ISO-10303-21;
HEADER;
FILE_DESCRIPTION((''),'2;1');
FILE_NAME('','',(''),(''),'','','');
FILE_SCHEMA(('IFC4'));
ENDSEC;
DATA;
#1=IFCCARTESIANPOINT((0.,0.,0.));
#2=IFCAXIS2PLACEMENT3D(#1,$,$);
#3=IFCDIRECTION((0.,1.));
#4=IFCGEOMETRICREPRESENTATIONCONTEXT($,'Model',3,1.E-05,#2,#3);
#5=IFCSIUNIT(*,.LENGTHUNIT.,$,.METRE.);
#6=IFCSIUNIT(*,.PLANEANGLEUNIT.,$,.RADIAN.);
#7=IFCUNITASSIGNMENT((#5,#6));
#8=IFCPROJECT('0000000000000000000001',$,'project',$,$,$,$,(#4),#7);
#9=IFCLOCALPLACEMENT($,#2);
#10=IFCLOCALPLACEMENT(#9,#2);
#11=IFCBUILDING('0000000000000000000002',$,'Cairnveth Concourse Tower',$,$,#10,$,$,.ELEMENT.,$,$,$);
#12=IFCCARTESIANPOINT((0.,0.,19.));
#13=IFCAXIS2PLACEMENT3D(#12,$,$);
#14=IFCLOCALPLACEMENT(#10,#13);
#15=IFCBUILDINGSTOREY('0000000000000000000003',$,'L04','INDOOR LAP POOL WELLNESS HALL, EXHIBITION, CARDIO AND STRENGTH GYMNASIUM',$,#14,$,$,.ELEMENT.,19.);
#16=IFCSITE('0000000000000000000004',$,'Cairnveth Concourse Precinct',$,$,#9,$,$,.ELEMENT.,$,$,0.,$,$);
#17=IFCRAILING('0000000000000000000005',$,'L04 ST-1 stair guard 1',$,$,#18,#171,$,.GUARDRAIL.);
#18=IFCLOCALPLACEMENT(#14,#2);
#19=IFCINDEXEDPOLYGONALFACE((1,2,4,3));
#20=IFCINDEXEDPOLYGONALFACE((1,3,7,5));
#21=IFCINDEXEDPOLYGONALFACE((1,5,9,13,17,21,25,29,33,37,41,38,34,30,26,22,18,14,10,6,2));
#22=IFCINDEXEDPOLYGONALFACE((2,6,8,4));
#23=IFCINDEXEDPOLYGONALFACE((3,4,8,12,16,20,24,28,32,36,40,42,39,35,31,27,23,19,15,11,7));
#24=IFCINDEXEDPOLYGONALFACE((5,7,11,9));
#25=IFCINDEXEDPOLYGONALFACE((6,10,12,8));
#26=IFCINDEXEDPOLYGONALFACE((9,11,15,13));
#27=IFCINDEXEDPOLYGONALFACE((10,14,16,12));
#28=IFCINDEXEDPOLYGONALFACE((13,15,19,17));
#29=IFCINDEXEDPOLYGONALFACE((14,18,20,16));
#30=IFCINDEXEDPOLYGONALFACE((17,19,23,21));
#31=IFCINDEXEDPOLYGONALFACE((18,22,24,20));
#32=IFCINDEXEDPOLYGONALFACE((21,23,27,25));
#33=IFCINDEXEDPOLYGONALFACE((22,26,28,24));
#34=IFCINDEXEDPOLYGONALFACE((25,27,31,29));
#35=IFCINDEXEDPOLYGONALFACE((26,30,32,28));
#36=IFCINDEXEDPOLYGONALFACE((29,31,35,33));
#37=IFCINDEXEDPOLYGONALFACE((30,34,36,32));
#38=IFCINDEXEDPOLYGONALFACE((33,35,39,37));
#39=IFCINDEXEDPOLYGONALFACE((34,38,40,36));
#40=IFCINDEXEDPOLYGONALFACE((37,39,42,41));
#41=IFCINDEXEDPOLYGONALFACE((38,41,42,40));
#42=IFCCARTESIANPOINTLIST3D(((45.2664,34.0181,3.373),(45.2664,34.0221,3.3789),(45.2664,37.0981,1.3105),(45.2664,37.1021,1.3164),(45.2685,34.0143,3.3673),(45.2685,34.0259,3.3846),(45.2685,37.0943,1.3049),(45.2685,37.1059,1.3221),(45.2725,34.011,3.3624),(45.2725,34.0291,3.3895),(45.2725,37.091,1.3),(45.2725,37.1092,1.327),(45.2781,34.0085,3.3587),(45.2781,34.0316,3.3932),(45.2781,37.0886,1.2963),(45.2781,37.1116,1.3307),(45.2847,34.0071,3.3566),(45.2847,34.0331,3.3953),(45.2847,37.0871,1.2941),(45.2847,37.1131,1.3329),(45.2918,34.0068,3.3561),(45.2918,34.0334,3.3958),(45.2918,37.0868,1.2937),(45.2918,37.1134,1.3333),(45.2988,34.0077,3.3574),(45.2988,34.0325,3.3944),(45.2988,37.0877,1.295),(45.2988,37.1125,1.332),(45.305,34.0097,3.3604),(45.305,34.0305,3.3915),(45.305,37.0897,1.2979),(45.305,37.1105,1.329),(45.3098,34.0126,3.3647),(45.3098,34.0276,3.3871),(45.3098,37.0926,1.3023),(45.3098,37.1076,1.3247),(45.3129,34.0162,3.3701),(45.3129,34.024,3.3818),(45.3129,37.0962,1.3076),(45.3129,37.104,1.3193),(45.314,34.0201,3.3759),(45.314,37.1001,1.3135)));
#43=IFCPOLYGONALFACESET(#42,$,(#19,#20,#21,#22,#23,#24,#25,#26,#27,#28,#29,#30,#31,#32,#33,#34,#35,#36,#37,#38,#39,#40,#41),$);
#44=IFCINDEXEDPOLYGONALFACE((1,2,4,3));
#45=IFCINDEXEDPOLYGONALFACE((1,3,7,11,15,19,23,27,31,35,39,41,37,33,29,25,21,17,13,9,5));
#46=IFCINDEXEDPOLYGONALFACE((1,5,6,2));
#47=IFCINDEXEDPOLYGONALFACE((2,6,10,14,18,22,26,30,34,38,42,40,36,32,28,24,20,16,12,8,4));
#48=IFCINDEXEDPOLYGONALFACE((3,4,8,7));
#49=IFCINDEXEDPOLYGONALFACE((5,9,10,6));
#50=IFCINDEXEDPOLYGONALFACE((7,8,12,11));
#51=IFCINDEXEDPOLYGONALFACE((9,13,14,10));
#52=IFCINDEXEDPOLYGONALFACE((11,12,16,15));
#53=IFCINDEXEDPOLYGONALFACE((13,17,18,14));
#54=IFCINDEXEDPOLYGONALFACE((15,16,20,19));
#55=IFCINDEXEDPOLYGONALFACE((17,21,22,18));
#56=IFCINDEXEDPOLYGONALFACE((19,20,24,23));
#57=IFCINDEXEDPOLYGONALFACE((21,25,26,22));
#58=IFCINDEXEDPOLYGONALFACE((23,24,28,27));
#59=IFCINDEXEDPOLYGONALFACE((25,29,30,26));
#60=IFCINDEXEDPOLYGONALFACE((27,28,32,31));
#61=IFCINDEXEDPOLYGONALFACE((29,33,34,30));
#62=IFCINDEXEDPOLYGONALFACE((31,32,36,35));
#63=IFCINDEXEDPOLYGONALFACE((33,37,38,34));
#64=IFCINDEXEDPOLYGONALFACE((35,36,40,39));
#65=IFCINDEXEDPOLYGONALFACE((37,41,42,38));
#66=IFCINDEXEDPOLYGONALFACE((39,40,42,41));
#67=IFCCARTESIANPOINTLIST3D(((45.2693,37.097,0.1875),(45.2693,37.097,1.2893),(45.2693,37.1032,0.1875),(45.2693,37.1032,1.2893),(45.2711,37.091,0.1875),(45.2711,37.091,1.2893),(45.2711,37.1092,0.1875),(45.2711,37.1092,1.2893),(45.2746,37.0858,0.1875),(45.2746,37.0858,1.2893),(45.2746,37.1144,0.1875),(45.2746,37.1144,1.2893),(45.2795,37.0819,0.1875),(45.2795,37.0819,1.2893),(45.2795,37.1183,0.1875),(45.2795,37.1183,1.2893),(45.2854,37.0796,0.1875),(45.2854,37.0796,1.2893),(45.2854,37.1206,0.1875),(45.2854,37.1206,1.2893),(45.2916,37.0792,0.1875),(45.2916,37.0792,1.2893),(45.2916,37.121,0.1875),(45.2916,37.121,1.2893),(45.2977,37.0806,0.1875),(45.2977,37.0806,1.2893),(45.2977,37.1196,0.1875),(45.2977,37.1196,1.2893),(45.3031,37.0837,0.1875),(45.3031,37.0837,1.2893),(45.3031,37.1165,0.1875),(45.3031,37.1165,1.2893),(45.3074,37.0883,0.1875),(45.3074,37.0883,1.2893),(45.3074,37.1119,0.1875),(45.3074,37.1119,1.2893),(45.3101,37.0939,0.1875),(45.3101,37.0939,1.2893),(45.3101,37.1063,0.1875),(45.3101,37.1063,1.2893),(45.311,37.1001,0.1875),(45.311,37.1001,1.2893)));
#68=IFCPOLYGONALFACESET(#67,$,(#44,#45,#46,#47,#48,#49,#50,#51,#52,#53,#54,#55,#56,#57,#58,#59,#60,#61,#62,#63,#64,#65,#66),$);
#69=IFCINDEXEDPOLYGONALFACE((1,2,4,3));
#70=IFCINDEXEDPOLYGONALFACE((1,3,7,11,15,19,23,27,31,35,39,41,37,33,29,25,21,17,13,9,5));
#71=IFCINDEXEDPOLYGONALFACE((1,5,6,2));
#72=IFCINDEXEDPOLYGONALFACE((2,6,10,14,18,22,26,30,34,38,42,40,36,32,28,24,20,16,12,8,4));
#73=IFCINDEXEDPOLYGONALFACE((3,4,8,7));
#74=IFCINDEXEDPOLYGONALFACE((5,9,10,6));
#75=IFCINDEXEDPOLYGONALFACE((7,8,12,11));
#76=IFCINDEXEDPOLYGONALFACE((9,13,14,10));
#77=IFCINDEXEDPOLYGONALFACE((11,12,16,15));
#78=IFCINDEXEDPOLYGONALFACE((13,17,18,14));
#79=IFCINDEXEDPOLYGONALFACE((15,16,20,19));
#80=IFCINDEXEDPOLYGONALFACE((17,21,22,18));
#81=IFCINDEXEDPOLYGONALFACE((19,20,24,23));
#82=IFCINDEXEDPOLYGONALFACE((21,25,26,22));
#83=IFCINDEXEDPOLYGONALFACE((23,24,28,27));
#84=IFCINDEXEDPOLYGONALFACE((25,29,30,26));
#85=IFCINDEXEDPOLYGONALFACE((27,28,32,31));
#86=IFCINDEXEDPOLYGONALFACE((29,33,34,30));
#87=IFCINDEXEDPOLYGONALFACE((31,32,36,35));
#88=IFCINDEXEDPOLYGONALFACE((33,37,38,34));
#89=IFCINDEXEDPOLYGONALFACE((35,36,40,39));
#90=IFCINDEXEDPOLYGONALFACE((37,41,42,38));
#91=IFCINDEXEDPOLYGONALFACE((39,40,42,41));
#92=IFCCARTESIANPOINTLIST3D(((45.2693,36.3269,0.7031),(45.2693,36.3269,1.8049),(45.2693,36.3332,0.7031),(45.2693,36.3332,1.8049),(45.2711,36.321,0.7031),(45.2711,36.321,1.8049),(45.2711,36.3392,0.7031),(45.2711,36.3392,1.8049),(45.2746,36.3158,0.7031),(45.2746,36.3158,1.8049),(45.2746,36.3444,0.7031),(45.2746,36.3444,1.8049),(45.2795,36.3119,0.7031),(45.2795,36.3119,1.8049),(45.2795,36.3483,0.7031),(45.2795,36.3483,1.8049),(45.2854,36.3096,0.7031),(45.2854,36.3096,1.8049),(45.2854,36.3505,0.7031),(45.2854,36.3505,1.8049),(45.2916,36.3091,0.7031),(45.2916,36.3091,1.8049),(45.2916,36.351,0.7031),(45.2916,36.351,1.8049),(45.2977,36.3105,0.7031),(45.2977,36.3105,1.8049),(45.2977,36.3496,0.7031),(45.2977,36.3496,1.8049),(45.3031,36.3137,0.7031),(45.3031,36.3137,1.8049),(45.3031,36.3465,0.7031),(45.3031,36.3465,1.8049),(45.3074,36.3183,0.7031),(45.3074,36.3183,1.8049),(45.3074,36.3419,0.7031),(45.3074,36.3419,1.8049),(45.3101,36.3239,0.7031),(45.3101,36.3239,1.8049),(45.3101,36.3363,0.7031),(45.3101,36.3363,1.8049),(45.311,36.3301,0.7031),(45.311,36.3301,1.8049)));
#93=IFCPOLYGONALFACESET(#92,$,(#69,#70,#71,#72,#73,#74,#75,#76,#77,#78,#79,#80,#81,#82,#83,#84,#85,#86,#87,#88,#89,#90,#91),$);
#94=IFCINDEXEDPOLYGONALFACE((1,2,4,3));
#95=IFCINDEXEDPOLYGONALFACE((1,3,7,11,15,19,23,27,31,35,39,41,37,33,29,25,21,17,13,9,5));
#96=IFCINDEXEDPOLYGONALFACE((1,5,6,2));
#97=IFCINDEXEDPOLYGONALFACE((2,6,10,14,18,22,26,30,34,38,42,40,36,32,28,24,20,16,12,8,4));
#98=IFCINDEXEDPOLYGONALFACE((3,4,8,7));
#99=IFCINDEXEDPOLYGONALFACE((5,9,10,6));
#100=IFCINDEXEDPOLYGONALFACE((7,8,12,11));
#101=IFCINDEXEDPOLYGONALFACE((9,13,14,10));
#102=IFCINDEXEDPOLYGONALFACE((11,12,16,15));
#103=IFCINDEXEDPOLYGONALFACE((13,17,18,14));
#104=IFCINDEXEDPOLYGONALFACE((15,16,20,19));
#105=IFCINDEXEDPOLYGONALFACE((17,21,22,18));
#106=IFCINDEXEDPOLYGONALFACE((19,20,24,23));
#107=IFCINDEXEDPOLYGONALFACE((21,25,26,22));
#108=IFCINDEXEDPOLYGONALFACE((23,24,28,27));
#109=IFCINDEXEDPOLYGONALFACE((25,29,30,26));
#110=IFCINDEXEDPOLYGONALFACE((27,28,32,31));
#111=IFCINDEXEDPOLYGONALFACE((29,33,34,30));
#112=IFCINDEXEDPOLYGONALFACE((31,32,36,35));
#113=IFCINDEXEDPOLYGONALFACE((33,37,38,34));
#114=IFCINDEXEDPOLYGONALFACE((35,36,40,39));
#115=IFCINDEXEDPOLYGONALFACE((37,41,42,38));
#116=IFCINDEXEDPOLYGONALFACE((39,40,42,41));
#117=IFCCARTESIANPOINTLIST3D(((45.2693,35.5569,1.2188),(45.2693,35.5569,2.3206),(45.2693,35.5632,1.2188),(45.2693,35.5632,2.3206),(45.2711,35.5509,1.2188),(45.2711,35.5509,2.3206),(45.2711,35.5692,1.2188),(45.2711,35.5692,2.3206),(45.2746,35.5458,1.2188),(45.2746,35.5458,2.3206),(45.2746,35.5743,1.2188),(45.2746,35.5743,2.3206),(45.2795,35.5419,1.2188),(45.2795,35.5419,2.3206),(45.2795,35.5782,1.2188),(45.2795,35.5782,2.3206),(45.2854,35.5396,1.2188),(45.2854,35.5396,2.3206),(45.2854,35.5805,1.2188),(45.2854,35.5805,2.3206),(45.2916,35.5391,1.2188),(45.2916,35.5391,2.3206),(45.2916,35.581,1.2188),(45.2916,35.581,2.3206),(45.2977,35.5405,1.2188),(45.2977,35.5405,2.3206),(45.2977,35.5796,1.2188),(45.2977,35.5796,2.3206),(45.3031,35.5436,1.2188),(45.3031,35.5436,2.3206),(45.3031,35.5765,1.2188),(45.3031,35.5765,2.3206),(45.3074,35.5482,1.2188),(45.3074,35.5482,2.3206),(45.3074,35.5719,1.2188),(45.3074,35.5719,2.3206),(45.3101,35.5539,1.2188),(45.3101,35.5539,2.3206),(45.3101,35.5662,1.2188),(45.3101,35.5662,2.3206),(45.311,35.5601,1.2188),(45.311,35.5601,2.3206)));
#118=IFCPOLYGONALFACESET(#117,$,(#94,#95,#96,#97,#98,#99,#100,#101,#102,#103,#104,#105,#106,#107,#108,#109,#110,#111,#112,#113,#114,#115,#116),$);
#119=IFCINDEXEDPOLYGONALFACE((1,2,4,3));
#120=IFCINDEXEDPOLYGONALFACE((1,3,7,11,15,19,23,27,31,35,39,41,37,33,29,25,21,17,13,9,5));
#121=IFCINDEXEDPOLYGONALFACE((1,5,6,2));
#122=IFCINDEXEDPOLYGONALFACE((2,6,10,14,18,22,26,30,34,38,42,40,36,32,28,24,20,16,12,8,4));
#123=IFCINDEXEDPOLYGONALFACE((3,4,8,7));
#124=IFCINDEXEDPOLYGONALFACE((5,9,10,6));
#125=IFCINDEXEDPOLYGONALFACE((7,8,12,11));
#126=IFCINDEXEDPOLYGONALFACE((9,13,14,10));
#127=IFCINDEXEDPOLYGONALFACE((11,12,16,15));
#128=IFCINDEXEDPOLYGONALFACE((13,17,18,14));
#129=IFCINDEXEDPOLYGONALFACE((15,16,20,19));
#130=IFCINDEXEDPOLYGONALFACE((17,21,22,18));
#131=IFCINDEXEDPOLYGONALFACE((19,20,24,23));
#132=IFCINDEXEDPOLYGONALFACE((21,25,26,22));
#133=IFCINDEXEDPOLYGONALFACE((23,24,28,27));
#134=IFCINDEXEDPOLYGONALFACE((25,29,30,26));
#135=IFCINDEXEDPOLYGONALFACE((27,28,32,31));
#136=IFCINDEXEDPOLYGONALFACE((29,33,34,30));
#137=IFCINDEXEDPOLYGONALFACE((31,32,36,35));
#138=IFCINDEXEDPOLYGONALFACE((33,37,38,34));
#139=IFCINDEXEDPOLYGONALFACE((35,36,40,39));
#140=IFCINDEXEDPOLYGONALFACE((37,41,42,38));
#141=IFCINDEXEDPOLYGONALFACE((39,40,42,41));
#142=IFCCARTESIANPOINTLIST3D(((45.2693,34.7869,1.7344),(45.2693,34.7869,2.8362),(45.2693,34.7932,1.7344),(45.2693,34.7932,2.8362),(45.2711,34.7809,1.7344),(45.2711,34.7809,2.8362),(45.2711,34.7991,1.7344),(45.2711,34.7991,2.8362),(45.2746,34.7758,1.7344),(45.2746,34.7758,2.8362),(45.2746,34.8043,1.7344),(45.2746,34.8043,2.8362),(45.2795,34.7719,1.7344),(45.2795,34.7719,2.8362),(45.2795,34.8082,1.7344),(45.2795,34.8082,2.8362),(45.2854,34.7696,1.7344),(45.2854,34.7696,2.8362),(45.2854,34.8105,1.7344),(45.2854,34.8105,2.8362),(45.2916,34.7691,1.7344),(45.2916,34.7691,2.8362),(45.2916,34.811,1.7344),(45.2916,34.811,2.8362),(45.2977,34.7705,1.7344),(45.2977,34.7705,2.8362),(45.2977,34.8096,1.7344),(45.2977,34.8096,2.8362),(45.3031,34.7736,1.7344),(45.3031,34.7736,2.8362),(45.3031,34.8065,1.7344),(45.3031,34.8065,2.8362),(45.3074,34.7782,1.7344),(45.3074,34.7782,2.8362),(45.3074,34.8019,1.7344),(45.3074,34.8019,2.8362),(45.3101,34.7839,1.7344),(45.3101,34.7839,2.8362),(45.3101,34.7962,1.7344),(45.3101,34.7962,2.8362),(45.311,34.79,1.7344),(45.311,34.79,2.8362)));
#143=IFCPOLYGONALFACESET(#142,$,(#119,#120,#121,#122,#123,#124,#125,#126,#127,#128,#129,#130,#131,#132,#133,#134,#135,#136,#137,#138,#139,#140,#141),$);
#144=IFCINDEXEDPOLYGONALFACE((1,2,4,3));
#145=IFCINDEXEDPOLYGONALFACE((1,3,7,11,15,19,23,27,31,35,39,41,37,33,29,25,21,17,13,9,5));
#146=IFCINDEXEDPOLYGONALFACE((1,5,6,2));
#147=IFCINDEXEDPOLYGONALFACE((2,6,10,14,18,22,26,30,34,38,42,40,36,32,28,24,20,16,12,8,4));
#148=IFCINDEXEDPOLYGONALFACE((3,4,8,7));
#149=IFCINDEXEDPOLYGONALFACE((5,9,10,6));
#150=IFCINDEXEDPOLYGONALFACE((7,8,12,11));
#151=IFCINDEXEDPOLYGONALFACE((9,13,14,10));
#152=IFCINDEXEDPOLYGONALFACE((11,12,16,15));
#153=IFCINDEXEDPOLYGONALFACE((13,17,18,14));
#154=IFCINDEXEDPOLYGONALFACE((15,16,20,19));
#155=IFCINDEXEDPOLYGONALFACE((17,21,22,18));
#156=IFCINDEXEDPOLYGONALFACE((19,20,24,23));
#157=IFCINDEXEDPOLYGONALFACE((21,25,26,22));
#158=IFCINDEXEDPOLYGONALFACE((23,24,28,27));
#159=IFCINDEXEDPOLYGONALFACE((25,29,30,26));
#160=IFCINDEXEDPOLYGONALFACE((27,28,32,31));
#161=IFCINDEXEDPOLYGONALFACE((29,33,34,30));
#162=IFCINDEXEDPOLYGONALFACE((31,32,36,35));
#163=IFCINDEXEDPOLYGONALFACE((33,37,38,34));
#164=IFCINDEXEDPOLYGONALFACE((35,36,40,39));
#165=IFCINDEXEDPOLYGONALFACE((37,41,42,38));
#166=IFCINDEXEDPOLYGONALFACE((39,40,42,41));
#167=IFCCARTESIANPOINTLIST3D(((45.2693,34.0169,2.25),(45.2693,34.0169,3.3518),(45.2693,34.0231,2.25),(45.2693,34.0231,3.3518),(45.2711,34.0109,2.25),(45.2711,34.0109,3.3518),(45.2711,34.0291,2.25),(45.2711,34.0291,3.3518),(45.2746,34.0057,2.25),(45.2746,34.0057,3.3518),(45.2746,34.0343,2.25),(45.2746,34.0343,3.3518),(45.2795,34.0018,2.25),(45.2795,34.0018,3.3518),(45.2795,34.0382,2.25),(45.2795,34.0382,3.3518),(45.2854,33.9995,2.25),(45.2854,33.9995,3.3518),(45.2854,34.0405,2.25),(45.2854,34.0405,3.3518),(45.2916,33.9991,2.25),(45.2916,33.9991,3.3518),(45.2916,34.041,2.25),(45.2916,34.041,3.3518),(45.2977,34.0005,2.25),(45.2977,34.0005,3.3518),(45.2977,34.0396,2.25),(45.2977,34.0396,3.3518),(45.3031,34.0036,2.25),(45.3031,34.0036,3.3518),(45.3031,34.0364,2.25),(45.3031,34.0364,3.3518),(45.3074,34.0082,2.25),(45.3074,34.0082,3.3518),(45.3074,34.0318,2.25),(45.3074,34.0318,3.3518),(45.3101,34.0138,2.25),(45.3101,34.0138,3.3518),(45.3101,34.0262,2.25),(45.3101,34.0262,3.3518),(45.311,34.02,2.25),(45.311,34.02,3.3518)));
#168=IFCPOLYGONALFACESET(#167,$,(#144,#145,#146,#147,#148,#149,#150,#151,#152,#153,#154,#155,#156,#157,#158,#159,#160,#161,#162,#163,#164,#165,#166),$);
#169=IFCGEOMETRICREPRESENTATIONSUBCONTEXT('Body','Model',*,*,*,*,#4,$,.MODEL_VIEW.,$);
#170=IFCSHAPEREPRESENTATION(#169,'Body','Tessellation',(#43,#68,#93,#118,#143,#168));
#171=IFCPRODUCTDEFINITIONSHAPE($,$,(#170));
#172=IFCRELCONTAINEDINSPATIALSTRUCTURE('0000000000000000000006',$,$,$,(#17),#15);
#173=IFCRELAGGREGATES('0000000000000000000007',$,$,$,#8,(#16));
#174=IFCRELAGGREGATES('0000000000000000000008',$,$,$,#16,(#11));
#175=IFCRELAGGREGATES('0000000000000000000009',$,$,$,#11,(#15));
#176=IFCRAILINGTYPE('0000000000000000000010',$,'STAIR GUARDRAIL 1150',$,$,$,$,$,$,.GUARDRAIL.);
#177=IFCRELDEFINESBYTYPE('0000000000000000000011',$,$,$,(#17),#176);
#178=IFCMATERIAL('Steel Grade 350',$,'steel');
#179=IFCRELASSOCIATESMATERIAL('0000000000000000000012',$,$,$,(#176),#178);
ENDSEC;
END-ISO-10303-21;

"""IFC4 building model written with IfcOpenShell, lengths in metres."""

from ifc_helpers import new_model, si_unit, direction, frame, origin, origin_2d, place, context, subcontext, project, spatial, circle, extrude, material, type_object, element, save


model = new_model("IFC4")

# Units and contexts
model_context = context("Model", 3, precision=1e-05, world=origin(), true_north=direction((0.0, 1.0)))
body_context = subcontext(model_context, "Body", "Model", "MODEL_VIEW")
ifc_project = project(units=[si_unit("LENGTHUNIT", "METRE"), si_unit("PLANEANGLEUNIT", "RADIAN")], contexts=[model_context])

# Site, building, storey
site_placement = place(None, origin())
site = spatial("IfcSite", under=ifc_project, at=site_placement, Name="Cairnveth Concourse Precinct", CompositionType="ELEMENT", RefElevation=0.0)
building_placement = place(site_placement, origin())
building = spatial("IfcBuilding", under=site, at=building_placement, Name="Cairnveth Concourse Tower", CompositionType="ELEMENT")
storey_placement = place(building_placement, frame((0.0, 0.0, 19.0)))
storey = spatial("IfcBuildingStorey", under=building, at=storey_placement, Name="L04", Description="INDOOR LAP POOL WELLNESS HALL, EXHIBITION, CARDIO AND STRENGTH GYMNASIUM", CompositionType="ELEMENT", Elevation=19.0)

# Shared definitions
ifc_material_1 = material(Name="Steel Grade 350", Category="steel")

# Railing
railing_type_1 = type_object("IfcRailingType", Name="STAIR GUARDRAIL 1150", PredefinedType="GUARDRAIL", material=ifc_material_1)
railing_1_placement = place(storey_placement, frame((45.29, 37.1001, 0.1875)))
element("IfcRailing", 1, at=railing_1_placement, inside=storey, type_object=railing_type_1, Name="L04 ST-1 stair guard 1", PredefinedType="GUARDRAIL", context=body_context, shape_type="SweptSolid", body=[
    extrude(circle(Radius=0.0239, at=origin_2d()), frame((0.0, 0.0, 1.126), z_axis=(0.0, -0.830914, 0.556401), x_axis=(1.0, 0.0, 0.0)), (0.0, 0.0, 1.0), 3.7068),
    extrude(circle(Radius=0.021, at=origin_2d()), origin(), (0.0, 0.0, 1.0), 1.1018),
    extrude(circle(Radius=0.021, at=origin_2d()), frame((0.0, -0.77, 0.5156)), (0.0, 0.0, 1.0), 1.1018),
    extrude(circle(Radius=0.021, at=origin_2d()), frame((0.0, -1.54, 1.0312)), (0.0, 0.0, 1.0), 1.1018),
    extrude(circle(Radius=0.021, at=origin_2d()), frame((0.0, -2.3101, 1.5469)), (0.0, 0.0, 1.0), 1.1018),
    extrude(circle(Radius=0.021, at=origin_2d()), frame((0.0, -3.0801, 2.0625)), (0.0, 0.0, 1.0), 1.1018),
])

save(model, "model.ifc")
